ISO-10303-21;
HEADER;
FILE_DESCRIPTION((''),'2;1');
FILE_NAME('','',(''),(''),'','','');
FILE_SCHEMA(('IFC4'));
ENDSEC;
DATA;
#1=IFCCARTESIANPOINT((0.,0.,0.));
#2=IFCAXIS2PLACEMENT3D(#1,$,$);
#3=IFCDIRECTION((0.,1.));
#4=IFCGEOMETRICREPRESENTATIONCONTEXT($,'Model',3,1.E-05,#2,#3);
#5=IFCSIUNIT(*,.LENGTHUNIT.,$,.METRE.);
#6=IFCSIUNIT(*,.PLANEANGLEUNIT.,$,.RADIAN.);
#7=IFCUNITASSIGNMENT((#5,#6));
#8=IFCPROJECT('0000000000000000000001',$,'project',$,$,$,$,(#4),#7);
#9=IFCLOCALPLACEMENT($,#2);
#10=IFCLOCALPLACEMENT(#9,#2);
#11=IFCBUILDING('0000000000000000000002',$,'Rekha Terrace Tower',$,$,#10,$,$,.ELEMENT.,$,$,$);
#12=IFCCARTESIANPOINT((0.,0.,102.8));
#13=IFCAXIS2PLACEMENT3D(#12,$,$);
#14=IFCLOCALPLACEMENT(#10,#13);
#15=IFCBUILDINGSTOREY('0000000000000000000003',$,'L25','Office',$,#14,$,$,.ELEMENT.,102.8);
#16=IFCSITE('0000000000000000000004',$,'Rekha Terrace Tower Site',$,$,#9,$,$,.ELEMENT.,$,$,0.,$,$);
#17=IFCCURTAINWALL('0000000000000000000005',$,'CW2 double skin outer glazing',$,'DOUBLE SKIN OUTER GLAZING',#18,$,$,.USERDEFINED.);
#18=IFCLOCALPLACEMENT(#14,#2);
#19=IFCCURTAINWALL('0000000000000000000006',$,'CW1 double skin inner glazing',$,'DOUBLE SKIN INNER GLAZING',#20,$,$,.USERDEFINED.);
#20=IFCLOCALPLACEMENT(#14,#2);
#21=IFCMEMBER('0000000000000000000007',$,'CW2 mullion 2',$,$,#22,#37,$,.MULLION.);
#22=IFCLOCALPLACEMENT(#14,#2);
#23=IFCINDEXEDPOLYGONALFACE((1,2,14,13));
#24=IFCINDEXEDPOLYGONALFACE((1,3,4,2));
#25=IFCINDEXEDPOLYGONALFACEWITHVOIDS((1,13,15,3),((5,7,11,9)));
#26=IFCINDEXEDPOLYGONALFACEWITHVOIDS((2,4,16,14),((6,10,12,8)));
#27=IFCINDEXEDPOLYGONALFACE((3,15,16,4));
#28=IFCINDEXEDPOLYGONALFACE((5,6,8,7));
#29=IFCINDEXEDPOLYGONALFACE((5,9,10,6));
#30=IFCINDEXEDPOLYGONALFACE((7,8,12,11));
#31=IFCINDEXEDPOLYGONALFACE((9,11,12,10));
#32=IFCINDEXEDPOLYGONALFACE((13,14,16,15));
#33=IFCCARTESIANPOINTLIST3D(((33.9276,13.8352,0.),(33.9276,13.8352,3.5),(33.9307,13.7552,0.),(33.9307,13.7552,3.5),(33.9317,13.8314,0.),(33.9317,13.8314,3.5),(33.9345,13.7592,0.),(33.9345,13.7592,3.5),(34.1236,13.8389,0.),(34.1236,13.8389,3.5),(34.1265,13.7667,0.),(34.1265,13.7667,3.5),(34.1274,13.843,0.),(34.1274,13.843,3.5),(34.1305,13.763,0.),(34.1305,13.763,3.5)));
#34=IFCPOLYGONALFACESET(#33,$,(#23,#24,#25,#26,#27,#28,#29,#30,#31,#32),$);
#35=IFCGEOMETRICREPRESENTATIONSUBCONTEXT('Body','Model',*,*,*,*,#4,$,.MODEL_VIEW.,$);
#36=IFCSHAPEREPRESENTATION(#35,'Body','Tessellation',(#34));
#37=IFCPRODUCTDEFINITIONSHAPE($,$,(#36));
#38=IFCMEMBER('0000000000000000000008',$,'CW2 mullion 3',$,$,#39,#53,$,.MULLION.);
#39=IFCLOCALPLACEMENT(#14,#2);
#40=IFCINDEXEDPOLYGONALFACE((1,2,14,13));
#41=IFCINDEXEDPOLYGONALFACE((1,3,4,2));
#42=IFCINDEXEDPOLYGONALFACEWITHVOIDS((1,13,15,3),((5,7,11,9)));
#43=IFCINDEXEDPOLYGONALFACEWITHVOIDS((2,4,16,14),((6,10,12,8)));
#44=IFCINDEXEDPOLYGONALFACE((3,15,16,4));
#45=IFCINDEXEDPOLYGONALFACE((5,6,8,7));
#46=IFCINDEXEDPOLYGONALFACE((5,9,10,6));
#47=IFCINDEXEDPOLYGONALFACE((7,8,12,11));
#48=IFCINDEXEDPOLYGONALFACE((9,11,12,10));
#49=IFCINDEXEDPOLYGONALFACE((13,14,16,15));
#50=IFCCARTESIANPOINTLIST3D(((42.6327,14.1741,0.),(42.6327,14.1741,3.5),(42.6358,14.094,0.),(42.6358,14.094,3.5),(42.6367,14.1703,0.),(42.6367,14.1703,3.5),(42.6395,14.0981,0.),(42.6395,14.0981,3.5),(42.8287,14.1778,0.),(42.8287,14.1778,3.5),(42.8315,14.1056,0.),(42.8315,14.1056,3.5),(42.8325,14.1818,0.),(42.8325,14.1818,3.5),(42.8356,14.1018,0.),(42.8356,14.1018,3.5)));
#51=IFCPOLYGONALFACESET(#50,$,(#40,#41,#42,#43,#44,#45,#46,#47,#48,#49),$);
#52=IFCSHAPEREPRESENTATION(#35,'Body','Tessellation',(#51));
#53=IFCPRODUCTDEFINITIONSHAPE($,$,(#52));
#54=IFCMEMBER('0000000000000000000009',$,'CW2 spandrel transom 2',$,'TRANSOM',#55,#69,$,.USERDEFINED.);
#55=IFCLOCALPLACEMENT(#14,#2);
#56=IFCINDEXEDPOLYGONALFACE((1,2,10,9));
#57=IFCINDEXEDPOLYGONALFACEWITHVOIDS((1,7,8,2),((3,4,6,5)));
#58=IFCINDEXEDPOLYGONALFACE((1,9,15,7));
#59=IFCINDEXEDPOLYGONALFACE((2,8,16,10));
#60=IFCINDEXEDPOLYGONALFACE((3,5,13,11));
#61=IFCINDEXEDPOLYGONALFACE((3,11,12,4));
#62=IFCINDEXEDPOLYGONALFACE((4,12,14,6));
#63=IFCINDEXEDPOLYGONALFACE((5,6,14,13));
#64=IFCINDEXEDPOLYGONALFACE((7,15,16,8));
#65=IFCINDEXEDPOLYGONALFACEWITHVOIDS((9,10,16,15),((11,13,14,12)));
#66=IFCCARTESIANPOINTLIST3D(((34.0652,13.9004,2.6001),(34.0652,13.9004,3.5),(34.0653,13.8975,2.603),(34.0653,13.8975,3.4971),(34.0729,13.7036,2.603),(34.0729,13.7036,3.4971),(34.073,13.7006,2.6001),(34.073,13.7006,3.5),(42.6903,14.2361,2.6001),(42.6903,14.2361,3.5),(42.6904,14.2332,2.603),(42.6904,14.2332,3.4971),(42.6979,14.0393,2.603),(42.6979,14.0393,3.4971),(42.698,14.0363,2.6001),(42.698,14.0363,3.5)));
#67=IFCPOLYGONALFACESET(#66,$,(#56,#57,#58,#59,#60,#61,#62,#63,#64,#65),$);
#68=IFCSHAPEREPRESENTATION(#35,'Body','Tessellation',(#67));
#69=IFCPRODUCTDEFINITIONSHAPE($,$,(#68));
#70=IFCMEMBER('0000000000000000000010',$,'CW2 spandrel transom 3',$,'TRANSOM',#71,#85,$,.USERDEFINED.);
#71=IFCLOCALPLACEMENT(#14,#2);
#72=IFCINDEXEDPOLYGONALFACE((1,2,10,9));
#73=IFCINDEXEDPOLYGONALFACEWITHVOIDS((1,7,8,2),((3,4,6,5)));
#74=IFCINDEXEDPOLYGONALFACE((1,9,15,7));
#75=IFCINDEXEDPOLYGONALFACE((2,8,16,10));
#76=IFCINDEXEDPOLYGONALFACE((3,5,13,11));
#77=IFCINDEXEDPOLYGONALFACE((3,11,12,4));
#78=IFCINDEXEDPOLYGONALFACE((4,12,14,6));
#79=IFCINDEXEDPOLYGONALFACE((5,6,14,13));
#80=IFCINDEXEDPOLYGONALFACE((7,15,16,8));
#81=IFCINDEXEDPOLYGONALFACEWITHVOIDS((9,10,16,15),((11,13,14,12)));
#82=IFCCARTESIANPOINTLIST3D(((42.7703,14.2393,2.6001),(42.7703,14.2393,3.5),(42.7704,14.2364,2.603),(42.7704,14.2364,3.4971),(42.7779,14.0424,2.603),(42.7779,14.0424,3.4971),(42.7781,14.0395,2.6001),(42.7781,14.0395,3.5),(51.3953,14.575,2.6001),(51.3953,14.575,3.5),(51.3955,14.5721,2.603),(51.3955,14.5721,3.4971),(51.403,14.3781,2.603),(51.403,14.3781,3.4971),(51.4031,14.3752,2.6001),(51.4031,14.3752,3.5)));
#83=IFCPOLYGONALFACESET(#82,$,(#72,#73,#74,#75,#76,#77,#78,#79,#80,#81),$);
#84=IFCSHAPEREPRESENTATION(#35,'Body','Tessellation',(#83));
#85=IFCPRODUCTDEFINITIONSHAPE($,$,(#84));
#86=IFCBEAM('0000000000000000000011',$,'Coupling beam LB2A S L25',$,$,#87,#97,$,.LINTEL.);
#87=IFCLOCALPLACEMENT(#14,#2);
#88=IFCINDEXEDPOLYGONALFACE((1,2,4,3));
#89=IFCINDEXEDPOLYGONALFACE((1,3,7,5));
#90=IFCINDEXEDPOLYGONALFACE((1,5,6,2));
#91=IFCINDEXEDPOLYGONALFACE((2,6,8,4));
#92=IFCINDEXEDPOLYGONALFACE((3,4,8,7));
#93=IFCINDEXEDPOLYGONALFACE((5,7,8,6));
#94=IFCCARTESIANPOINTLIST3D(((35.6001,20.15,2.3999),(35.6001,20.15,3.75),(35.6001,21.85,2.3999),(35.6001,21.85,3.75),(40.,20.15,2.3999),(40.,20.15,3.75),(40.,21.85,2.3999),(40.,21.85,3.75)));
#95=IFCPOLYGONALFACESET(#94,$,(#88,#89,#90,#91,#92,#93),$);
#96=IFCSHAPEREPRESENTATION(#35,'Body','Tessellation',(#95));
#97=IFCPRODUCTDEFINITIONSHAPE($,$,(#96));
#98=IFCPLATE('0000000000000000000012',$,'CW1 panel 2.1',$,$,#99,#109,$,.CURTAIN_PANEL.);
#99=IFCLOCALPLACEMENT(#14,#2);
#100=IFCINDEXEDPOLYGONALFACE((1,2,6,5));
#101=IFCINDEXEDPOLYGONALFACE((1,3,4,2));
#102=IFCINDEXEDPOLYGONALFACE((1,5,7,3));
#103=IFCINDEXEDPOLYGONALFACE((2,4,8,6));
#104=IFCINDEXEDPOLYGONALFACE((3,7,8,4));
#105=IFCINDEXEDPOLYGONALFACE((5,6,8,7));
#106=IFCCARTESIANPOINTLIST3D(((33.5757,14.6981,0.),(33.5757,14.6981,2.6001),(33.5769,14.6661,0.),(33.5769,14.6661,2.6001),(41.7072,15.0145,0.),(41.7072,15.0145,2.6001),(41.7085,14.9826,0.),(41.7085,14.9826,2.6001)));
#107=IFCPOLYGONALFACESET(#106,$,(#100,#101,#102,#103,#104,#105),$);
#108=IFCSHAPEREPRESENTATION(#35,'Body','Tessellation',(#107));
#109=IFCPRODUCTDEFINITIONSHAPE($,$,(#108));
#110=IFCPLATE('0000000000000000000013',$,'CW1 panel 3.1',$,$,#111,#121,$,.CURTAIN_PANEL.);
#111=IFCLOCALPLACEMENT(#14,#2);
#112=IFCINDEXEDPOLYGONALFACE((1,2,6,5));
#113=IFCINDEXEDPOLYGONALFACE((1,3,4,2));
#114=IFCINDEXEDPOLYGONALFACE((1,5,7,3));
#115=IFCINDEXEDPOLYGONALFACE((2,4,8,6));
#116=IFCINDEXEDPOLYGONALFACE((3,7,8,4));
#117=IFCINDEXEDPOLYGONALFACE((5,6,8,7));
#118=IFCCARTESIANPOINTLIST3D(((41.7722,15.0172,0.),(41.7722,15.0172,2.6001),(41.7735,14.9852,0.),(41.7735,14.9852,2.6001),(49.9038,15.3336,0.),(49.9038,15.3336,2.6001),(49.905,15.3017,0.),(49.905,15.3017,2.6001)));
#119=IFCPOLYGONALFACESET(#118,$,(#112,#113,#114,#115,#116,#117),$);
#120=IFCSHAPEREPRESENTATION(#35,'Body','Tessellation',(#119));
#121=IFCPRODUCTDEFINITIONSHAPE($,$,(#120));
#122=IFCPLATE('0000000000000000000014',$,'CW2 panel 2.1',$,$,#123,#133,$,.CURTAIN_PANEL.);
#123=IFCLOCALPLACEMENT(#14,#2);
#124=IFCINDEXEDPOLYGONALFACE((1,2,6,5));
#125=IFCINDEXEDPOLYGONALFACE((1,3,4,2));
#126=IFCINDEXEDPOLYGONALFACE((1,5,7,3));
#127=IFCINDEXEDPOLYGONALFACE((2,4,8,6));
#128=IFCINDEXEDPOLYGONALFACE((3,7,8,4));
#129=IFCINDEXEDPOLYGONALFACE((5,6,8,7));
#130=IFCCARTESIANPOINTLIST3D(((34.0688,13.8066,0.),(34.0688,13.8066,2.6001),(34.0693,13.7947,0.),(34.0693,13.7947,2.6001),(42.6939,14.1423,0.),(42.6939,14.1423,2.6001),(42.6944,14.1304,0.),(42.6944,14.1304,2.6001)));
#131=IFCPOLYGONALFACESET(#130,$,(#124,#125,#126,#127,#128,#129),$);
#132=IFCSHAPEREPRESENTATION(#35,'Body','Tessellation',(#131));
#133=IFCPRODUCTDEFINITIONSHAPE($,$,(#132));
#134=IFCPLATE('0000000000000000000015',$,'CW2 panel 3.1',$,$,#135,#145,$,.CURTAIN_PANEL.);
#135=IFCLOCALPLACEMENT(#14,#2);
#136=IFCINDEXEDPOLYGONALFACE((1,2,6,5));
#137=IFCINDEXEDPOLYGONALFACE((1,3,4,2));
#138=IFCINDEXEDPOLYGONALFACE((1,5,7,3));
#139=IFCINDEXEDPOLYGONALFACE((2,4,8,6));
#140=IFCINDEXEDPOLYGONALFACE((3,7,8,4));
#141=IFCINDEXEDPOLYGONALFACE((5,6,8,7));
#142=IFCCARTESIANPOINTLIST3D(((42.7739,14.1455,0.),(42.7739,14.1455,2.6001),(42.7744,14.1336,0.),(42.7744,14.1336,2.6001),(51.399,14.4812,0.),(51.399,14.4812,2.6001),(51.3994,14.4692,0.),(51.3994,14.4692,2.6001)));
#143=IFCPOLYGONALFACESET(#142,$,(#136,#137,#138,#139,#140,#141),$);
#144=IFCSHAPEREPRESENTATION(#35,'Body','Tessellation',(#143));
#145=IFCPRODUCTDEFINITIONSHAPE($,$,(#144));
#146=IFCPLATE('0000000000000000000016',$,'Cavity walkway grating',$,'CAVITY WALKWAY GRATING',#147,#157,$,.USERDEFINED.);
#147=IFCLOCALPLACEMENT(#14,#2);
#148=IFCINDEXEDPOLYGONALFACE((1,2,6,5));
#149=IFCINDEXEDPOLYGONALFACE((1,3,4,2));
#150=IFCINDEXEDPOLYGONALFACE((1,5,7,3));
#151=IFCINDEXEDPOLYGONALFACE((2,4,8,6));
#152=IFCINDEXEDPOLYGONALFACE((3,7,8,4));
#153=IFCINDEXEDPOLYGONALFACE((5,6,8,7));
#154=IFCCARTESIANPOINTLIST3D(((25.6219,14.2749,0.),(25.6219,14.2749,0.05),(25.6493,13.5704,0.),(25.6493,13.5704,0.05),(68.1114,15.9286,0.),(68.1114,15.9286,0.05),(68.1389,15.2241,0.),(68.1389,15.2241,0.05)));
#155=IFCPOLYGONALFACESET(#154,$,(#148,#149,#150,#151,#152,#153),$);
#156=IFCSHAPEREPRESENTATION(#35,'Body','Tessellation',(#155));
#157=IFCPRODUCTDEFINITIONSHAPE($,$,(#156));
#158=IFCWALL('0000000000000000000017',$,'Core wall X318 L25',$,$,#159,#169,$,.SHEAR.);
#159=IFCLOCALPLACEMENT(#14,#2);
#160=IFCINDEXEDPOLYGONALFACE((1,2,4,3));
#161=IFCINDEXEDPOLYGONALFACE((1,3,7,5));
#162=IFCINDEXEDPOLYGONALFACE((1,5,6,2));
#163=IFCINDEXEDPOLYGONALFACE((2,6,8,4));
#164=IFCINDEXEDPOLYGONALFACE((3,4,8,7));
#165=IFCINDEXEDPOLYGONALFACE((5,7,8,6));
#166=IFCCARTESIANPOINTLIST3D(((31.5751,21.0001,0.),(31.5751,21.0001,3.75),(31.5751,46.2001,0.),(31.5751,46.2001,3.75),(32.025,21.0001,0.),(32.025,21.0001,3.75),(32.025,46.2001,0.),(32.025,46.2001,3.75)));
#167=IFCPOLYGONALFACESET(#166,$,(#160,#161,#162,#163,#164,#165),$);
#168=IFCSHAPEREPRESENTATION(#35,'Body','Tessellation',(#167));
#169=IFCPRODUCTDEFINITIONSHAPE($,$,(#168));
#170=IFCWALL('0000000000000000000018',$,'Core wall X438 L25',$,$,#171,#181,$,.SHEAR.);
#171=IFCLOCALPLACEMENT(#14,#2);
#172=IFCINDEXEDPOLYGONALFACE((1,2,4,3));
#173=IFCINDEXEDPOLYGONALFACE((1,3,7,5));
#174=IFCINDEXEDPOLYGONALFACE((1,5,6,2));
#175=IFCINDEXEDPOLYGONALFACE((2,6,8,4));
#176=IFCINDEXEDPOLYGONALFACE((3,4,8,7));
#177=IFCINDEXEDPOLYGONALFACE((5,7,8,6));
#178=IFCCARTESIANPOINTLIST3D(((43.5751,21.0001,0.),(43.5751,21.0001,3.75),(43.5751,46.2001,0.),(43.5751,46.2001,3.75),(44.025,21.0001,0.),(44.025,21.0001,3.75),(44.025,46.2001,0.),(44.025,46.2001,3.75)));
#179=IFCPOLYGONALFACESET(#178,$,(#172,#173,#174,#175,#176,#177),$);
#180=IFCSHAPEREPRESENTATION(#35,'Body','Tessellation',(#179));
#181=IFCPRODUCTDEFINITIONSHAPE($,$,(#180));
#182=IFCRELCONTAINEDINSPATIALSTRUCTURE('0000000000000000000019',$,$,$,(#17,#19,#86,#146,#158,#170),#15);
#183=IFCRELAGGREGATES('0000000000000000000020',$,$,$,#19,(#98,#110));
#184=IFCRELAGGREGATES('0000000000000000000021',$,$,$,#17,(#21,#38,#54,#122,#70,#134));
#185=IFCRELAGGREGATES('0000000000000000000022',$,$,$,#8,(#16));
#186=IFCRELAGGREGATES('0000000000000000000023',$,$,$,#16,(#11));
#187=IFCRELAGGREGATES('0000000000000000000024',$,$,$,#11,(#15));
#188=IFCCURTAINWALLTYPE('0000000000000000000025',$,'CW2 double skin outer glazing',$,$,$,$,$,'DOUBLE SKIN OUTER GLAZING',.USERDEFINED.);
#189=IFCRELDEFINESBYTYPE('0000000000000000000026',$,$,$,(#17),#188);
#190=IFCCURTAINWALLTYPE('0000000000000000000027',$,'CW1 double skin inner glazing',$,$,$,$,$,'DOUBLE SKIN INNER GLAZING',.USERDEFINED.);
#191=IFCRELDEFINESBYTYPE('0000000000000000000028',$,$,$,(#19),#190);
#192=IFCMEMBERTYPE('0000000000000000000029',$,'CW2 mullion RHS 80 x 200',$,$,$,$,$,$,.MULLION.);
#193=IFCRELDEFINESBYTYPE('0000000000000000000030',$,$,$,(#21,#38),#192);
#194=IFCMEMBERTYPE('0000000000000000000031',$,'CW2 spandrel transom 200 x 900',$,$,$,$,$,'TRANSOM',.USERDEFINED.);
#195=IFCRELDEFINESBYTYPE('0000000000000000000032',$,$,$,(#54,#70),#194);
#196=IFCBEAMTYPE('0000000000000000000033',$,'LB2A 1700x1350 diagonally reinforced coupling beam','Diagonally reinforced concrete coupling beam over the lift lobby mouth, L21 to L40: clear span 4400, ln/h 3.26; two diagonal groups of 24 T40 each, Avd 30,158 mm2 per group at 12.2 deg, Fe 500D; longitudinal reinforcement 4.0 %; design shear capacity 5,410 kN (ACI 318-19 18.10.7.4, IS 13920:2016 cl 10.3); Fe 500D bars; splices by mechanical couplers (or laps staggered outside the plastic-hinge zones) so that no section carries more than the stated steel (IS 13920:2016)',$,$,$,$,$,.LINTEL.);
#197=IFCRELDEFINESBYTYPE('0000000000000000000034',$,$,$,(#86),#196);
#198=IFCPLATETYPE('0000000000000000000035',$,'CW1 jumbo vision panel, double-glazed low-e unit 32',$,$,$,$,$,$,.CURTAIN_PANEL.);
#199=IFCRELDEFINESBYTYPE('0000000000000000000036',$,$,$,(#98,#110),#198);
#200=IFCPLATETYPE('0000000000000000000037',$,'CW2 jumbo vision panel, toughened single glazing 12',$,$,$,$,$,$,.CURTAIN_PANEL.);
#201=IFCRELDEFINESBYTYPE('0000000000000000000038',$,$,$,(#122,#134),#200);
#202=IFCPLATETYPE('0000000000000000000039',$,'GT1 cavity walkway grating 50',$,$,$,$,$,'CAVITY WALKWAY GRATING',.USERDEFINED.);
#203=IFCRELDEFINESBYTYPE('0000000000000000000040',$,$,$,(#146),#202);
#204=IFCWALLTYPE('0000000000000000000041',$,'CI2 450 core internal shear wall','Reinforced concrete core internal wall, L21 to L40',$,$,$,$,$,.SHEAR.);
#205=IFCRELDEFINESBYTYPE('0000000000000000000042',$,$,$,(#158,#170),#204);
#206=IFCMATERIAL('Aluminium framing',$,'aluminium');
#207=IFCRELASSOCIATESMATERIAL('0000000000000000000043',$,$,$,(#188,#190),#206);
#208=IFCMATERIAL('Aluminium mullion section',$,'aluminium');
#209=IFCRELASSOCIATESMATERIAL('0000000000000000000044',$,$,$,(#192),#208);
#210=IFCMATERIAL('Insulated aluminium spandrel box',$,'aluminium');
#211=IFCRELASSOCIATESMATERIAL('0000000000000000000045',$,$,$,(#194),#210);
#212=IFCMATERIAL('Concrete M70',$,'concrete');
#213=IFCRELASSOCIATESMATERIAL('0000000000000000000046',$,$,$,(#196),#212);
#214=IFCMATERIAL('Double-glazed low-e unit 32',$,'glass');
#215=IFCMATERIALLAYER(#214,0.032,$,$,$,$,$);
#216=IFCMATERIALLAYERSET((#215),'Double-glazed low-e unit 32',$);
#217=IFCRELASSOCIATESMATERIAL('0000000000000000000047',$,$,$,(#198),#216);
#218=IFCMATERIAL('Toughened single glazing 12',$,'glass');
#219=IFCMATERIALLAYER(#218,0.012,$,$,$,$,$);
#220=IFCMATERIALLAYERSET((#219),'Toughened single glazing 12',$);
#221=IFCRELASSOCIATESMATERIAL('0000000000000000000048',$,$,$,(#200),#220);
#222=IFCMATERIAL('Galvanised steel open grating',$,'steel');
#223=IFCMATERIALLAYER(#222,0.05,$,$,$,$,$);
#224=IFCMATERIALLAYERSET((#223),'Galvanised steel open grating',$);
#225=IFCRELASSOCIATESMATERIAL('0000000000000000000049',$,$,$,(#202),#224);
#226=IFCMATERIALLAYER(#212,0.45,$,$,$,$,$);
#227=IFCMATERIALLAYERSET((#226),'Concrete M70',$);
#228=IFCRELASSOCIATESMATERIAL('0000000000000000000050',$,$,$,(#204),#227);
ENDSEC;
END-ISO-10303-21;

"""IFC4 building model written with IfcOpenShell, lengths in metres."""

from ifc_helpers import new_model, si_unit, direction, frame, frame_2d, origin, origin_2d, place, context, subcontext, project, spatial, rectangle, hollow_rectangle, extrude, material, layer, layer_set, material_profile, profile_set, type_object, element, aggregate, save


model = new_model("IFC4")

# Units and contexts
model_context = context("Model", 3, precision=1e-05, world=origin(), true_north=direction((0.0, 1.0)))
body_context = subcontext(model_context, "Body", "Model", "MODEL_VIEW")
ifc_project = project(units=[si_unit("LENGTHUNIT", "METRE"), si_unit("PLANEANGLEUNIT", "RADIAN")], contexts=[model_context])

# Site, building, storey
site_placement = place(None, origin())
site = spatial("IfcSite", under=ifc_project, at=site_placement, Name="Rekha Terrace Tower Site", CompositionType="ELEMENT", RefElevation=0.0)
building_placement = place(site_placement, origin())
building = spatial("IfcBuilding", under=site, at=building_placement, Name="Rekha Terrace Tower", CompositionType="ELEMENT")
storey_placement = place(building_placement, frame((0.0, 0.0, 102.8)))
storey = spatial("IfcBuildingStorey", under=building, at=storey_placement, Name="L25", Description="Office", CompositionType="ELEMENT", Elevation=102.8)

# Shared definitions
ifc_material_1 = material(Name="Concrete M70", Category="concrete")

# Curtain walls
ifc_material_2 = material(Name="Aluminium framing", Category="aluminium")
curtain_wall_type_1 = type_object("IfcCurtainWallType", Name="CW2 double skin outer glazing", ElementType="DOUBLE SKIN OUTER GLAZING", PredefinedType="USERDEFINED", material=ifc_material_2)
curtain_wall_1_placement = place(storey_placement, origin())
curtain_wall_1 = element("IfcCurtainWall", 1, at=curtain_wall_1_placement, inside=storey, type_object=curtain_wall_type_1, Name="CW2 double skin outer glazing", ObjectType="DOUBLE SKIN OUTER GLAZING", PredefinedType="USERDEFINED")
curtain_wall_type_2 = type_object("IfcCurtainWallType", Name="CW1 double skin inner glazing", ElementType="DOUBLE SKIN INNER GLAZING", PredefinedType="USERDEFINED", material=ifc_material_2)
curtain_wall_2_placement = place(storey_placement, origin())
curtain_wall_2 = element("IfcCurtainWall", 2, at=curtain_wall_2_placement, inside=storey, type_object=curtain_wall_type_2, Name="CW1 double skin inner glazing", ObjectType="DOUBLE SKIN INNER GLAZING", PredefinedType="USERDEFINED")
ifc_material_3 = material(Name="Aluminium mullion section", Category="aluminium")
ifc_material_4 = material(Name="Insulated aluminium spandrel box", Category="aluminium")

# Members
ifc_material_profile_1 = material_profile(ifc_material_3, hollow_rectangle(XDim=0.0801, YDim=0.2, WallThickness=0.0039, at=origin_2d()), Name="AL RHS 80x200")
ifc_profile_set_1 = profile_set([ifc_material_profile_1], Name="Aluminium mullion section")
member_type_1 = type_object("IfcMemberType", Name="CW2 mullion RHS 80 x 200", PredefinedType="MULLION", material=ifc_profile_set_1)
member_1_placement = place(storey_placement, frame((34.0291, 13.7991, 0.0), z_axis=(0.0, 0.0, 1.0), x_axis=(-0.03889, 0.999243, 0.0)))
member_1 = element("IfcMember", 3, at=member_1_placement, type_object=member_type_1, Name="CW2 mullion 2", PredefinedType="MULLION", context=body_context, shape_type="SweptSolid", body=[
    extrude(hollow_rectangle(XDim=0.0801, YDim=0.2, WallThickness=0.0039, at=origin_2d()), origin(), (0.0, 0.0, 1.0), 3.5),
])
member_2_placement = place(storey_placement, frame((42.7341, 14.1379, 0.0), z_axis=(0.0, 0.0, 1.0), x_axis=(-0.03889, 0.999243, 0.0)))
member_2 = element("IfcMember", 4, at=member_2_placement, type_object=member_type_1, Name="CW2 mullion 3", PredefinedType="MULLION", context=body_context, shape_type="SweptSolid", body=[
    extrude(hollow_rectangle(XDim=0.0801, YDim=0.2, WallThickness=0.0039, at=origin_2d()), origin(), (0.0, 0.0, 1.0), 3.5),
])
ifc_material_profile_2 = material_profile(ifc_material_4, hollow_rectangle(XDim=0.2, YDim=0.8999, WallThickness=0.0029, at=origin_2d()), Name="AL SPANDREL BOX 200x900")
ifc_profile_set_2 = profile_set([ifc_material_profile_2], Name="Insulated aluminium spandrel box")
member_type_2 = type_object("IfcMemberType", Name="CW2 spandrel transom 200 x 900", ElementType="TRANSOM", PredefinedType="USERDEFINED", material=ifc_profile_set_2)
member_3_placement = place(storey_placement, frame((34.0691, 13.8005, 3.05), z_axis=(0.999243, 0.038892, 0.0), x_axis=(-0.038892, 0.999243, 0.0)))
member_3 = element("IfcMember", 5, at=member_3_placement, type_object=member_type_2, Name="CW2 spandrel transom 2", ObjectType="TRANSOM", PredefinedType="USERDEFINED", context=body_context, shape_type="SweptSolid", body=[
    extrude(hollow_rectangle(XDim=0.2, YDim=0.8999, WallThickness=0.0029, at=origin_2d()), origin(), (0.0, 0.0, 1.0), 8.6316),
])
member_4_placement = place(storey_placement, frame((42.7742, 14.1394, 3.05), z_axis=(0.999243, 0.038892, 0.0), x_axis=(-0.038892, 0.999243, 0.0)))
member_4 = element("IfcMember", 6, at=member_4_placement, type_object=member_type_2, Name="CW2 spandrel transom 3", ObjectType="TRANSOM", PredefinedType="USERDEFINED", context=body_context, shape_type="SweptSolid", body=[
    extrude(hollow_rectangle(XDim=0.2, YDim=0.8999, WallThickness=0.0029, at=origin_2d()), origin(), (0.0, 0.0, 1.0), 8.6316),
])

# Beam
ifc_material_profile_3 = material_profile(ifc_material_1, rectangle(XDim=1.7, YDim=1.3501, at=origin_2d()), Name="RC 1700x1350")
ifc_profile_set_3 = profile_set([ifc_material_profile_3], Name="Concrete M70")
beam_type = type_object("IfcBeamType", Name="LB2A 1700x1350 diagonally reinforced coupling beam", Description="Diagonally reinforced concrete coupling beam over the lift lobby mouth, L21 to L40: clear span 4400, ln/h 3.26; two diagonal groups of 24 T40 each, Avd 30,158 mm2 per group at 12.2 deg, Fe 500D; longitudinal reinforcement 4.0 %; design shear capacity 5,410 kN (ACI 318-19 18.10.7.4, IS 13920:2016 cl 10.3); Fe 500D bars; splices by mechanical couplers (or laps staggered outside the plastic-hinge zones) so that no section carries more than the stated steel (IS 13920:2016)", PredefinedType="LINTEL", material=ifc_profile_set_3)
beam_placement = place(storey_placement, frame((35.6001, 21.0, 3.075), z_axis=(1.0, 0.0, 0.0), x_axis=(0.0, 1.0, 0.0)))
element("IfcBeam", 7, at=beam_placement, inside=storey, type_object=beam_type, Name="Coupling beam LB2A S L25", PredefinedType="LINTEL", context=body_context, shape_type="SweptSolid", body=[
    extrude(rectangle(XDim=1.7, YDim=1.3501, at=origin_2d()), origin(), (0.0, 0.0, 1.0), 4.3999),
])

# Plates
ifc_material_5 = material(Name="Double-glazed low-e unit 32", Category="glass")
ifc_layer_1 = layer(ifc_material_5, 0.032)
ifc_layer_set_1 = layer_set([ifc_layer_1], Name="Double-glazed low-e unit 32")
plate_type_1 = type_object("IfcPlateType", Name="CW1 jumbo vision panel, double-glazed low-e unit 32", PredefinedType="CURTAIN_PANEL", material=ifc_layer_set_1)
plate_1_placement = place(storey_placement, frame((37.6421, 14.8403, 0.0), z_axis=(0.0, 0.0, 1.0), x_axis=(0.999243, 0.03889, 0.0)))
plate_1 = element("IfcPlate", 8, at=plate_1_placement, type_object=plate_type_1, Name="CW1 panel 2.1", PredefinedType="CURTAIN_PANEL", context=body_context, shape_type="SweptSolid", body=[
    extrude(rectangle(XDim=8.1377, YDim=0.032, at=origin_2d()), origin(), (0.0, 0.0, 1.0), 2.6001),
])
plate_2_placement = place(storey_placement, frame((45.8386, 15.1594, 0.0), z_axis=(0.0, 0.0, 1.0), x_axis=(0.999243, 0.03889, 0.0)))
plate_2 = element("IfcPlate", 9, at=plate_2_placement, type_object=plate_type_1, Name="CW1 panel 3.1", PredefinedType="CURTAIN_PANEL", context=body_context, shape_type="SweptSolid", body=[
    extrude(rectangle(XDim=8.1377, YDim=0.032, at=origin_2d()), origin(), (0.0, 0.0, 1.0), 2.6001),
])
aggregate(curtain_wall_2, [plate_1, plate_2])
ifc_material_6 = material(Name="Toughened single glazing 12", Category="glass")
ifc_layer_2 = layer(ifc_material_6, 0.012)
ifc_layer_set_2 = layer_set([ifc_layer_2], Name="Toughened single glazing 12")
plate_type_2 = type_object("IfcPlateType", Name="CW2 jumbo vision panel, toughened single glazing 12", PredefinedType="CURTAIN_PANEL", material=ifc_layer_set_2)
plate_3_placement = place(storey_placement, frame((38.3816, 13.9685, 0.0), z_axis=(0.0, 0.0, 1.0), x_axis=(0.999243, 0.03889, 0.0)))
plate_3 = element("IfcPlate", 10, at=plate_3_placement, type_object=plate_type_2, Name="CW2 panel 2.1", PredefinedType="CURTAIN_PANEL", context=body_context, shape_type="SweptSolid", body=[
    extrude(rectangle(XDim=8.6316, YDim=0.012, at=origin_2d()), origin(), (0.0, 0.0, 1.0), 2.6001),
])
plate_4_placement = place(storey_placement, frame((47.0867, 14.3074, 0.0), z_axis=(0.0, 0.0, 1.0), x_axis=(0.999243, 0.03889, 0.0)))
plate_4 = element("IfcPlate", 11, at=plate_4_placement, type_object=plate_type_2, Name="CW2 panel 3.1", PredefinedType="CURTAIN_PANEL", context=body_context, shape_type="SweptSolid", body=[
    extrude(rectangle(XDim=8.6316, YDim=0.012, at=origin_2d()), origin(), (0.0, 0.0, 1.0), 2.6001),
])
aggregate(curtain_wall_1, [member_1, member_2, member_3, plate_3, member_4, plate_4])
ifc_material_7 = material(Name="Galvanised steel open grating", Category="steel")
ifc_layer_3 = layer(ifc_material_7, 0.05)
ifc_layer_set_3 = layer_set([ifc_layer_3], Name="Galvanised steel open grating")
plate_type_3 = type_object("IfcPlateType", Name="GT1 cavity walkway grating 50", ElementType="CAVITY WALKWAY GRATING", PredefinedType="USERDEFINED", material=ifc_layer_set_3)
plate_5_placement = place(storey_placement, frame((46.8804, 14.7495, 0.0), z_axis=(0.0, 0.0, 1.0), x_axis=(0.999243, 0.03889, 0.0)))
element("IfcPlate", 12, at=plate_5_placement, inside=storey, type_object=plate_type_3, Name="Cavity walkway grating", ObjectType="CAVITY WALKWAY GRATING", PredefinedType="USERDEFINED", context=body_context, shape_type="SweptSolid", body=[
    extrude(rectangle(XDim=42.5217, YDim=0.7051, at=origin_2d()), origin(), (0.0, 0.0, 1.0), 0.05),
])

# Walls
ifc_layer_4 = layer(ifc_material_1, 0.45)
ifc_layer_set_4 = layer_set([ifc_layer_4], Name="Concrete M70")
wall_type_1 = type_object("IfcWallType", Name="CI2 450 core internal shear wall", Description="Reinforced concrete core internal wall, L21 to L40", PredefinedType="SHEAR", material=ifc_layer_set_4)
for number, where, z_axis, x_axis, name in (
    (13, (31.8, 21.0, 0.0), (0.0, 0.0, 1.0), (0.0, 1.0, 0.0), "Core wall X318 L25"),
    (14, (43.8, 21.0, 0.0), (0.0, 0.0, 1.0), (0.0, 1.0, 0.0), "Core wall X438 L25"),
):
    element("IfcWall", number, at=place(storey_placement, frame(where, z_axis=z_axis, x_axis=x_axis)), inside=storey, type_object=wall_type_1, Name=name, PredefinedType="SHEAR", context=body_context, shape_type="SweptSolid", body=[
        extrude(rectangle(XDim=25.2, YDim=0.45, at=frame_2d((12.6001, 0.0))), origin(), (0.0, 0.0, 1.0), 3.75),
    ])

save(model, "model.ifc")
